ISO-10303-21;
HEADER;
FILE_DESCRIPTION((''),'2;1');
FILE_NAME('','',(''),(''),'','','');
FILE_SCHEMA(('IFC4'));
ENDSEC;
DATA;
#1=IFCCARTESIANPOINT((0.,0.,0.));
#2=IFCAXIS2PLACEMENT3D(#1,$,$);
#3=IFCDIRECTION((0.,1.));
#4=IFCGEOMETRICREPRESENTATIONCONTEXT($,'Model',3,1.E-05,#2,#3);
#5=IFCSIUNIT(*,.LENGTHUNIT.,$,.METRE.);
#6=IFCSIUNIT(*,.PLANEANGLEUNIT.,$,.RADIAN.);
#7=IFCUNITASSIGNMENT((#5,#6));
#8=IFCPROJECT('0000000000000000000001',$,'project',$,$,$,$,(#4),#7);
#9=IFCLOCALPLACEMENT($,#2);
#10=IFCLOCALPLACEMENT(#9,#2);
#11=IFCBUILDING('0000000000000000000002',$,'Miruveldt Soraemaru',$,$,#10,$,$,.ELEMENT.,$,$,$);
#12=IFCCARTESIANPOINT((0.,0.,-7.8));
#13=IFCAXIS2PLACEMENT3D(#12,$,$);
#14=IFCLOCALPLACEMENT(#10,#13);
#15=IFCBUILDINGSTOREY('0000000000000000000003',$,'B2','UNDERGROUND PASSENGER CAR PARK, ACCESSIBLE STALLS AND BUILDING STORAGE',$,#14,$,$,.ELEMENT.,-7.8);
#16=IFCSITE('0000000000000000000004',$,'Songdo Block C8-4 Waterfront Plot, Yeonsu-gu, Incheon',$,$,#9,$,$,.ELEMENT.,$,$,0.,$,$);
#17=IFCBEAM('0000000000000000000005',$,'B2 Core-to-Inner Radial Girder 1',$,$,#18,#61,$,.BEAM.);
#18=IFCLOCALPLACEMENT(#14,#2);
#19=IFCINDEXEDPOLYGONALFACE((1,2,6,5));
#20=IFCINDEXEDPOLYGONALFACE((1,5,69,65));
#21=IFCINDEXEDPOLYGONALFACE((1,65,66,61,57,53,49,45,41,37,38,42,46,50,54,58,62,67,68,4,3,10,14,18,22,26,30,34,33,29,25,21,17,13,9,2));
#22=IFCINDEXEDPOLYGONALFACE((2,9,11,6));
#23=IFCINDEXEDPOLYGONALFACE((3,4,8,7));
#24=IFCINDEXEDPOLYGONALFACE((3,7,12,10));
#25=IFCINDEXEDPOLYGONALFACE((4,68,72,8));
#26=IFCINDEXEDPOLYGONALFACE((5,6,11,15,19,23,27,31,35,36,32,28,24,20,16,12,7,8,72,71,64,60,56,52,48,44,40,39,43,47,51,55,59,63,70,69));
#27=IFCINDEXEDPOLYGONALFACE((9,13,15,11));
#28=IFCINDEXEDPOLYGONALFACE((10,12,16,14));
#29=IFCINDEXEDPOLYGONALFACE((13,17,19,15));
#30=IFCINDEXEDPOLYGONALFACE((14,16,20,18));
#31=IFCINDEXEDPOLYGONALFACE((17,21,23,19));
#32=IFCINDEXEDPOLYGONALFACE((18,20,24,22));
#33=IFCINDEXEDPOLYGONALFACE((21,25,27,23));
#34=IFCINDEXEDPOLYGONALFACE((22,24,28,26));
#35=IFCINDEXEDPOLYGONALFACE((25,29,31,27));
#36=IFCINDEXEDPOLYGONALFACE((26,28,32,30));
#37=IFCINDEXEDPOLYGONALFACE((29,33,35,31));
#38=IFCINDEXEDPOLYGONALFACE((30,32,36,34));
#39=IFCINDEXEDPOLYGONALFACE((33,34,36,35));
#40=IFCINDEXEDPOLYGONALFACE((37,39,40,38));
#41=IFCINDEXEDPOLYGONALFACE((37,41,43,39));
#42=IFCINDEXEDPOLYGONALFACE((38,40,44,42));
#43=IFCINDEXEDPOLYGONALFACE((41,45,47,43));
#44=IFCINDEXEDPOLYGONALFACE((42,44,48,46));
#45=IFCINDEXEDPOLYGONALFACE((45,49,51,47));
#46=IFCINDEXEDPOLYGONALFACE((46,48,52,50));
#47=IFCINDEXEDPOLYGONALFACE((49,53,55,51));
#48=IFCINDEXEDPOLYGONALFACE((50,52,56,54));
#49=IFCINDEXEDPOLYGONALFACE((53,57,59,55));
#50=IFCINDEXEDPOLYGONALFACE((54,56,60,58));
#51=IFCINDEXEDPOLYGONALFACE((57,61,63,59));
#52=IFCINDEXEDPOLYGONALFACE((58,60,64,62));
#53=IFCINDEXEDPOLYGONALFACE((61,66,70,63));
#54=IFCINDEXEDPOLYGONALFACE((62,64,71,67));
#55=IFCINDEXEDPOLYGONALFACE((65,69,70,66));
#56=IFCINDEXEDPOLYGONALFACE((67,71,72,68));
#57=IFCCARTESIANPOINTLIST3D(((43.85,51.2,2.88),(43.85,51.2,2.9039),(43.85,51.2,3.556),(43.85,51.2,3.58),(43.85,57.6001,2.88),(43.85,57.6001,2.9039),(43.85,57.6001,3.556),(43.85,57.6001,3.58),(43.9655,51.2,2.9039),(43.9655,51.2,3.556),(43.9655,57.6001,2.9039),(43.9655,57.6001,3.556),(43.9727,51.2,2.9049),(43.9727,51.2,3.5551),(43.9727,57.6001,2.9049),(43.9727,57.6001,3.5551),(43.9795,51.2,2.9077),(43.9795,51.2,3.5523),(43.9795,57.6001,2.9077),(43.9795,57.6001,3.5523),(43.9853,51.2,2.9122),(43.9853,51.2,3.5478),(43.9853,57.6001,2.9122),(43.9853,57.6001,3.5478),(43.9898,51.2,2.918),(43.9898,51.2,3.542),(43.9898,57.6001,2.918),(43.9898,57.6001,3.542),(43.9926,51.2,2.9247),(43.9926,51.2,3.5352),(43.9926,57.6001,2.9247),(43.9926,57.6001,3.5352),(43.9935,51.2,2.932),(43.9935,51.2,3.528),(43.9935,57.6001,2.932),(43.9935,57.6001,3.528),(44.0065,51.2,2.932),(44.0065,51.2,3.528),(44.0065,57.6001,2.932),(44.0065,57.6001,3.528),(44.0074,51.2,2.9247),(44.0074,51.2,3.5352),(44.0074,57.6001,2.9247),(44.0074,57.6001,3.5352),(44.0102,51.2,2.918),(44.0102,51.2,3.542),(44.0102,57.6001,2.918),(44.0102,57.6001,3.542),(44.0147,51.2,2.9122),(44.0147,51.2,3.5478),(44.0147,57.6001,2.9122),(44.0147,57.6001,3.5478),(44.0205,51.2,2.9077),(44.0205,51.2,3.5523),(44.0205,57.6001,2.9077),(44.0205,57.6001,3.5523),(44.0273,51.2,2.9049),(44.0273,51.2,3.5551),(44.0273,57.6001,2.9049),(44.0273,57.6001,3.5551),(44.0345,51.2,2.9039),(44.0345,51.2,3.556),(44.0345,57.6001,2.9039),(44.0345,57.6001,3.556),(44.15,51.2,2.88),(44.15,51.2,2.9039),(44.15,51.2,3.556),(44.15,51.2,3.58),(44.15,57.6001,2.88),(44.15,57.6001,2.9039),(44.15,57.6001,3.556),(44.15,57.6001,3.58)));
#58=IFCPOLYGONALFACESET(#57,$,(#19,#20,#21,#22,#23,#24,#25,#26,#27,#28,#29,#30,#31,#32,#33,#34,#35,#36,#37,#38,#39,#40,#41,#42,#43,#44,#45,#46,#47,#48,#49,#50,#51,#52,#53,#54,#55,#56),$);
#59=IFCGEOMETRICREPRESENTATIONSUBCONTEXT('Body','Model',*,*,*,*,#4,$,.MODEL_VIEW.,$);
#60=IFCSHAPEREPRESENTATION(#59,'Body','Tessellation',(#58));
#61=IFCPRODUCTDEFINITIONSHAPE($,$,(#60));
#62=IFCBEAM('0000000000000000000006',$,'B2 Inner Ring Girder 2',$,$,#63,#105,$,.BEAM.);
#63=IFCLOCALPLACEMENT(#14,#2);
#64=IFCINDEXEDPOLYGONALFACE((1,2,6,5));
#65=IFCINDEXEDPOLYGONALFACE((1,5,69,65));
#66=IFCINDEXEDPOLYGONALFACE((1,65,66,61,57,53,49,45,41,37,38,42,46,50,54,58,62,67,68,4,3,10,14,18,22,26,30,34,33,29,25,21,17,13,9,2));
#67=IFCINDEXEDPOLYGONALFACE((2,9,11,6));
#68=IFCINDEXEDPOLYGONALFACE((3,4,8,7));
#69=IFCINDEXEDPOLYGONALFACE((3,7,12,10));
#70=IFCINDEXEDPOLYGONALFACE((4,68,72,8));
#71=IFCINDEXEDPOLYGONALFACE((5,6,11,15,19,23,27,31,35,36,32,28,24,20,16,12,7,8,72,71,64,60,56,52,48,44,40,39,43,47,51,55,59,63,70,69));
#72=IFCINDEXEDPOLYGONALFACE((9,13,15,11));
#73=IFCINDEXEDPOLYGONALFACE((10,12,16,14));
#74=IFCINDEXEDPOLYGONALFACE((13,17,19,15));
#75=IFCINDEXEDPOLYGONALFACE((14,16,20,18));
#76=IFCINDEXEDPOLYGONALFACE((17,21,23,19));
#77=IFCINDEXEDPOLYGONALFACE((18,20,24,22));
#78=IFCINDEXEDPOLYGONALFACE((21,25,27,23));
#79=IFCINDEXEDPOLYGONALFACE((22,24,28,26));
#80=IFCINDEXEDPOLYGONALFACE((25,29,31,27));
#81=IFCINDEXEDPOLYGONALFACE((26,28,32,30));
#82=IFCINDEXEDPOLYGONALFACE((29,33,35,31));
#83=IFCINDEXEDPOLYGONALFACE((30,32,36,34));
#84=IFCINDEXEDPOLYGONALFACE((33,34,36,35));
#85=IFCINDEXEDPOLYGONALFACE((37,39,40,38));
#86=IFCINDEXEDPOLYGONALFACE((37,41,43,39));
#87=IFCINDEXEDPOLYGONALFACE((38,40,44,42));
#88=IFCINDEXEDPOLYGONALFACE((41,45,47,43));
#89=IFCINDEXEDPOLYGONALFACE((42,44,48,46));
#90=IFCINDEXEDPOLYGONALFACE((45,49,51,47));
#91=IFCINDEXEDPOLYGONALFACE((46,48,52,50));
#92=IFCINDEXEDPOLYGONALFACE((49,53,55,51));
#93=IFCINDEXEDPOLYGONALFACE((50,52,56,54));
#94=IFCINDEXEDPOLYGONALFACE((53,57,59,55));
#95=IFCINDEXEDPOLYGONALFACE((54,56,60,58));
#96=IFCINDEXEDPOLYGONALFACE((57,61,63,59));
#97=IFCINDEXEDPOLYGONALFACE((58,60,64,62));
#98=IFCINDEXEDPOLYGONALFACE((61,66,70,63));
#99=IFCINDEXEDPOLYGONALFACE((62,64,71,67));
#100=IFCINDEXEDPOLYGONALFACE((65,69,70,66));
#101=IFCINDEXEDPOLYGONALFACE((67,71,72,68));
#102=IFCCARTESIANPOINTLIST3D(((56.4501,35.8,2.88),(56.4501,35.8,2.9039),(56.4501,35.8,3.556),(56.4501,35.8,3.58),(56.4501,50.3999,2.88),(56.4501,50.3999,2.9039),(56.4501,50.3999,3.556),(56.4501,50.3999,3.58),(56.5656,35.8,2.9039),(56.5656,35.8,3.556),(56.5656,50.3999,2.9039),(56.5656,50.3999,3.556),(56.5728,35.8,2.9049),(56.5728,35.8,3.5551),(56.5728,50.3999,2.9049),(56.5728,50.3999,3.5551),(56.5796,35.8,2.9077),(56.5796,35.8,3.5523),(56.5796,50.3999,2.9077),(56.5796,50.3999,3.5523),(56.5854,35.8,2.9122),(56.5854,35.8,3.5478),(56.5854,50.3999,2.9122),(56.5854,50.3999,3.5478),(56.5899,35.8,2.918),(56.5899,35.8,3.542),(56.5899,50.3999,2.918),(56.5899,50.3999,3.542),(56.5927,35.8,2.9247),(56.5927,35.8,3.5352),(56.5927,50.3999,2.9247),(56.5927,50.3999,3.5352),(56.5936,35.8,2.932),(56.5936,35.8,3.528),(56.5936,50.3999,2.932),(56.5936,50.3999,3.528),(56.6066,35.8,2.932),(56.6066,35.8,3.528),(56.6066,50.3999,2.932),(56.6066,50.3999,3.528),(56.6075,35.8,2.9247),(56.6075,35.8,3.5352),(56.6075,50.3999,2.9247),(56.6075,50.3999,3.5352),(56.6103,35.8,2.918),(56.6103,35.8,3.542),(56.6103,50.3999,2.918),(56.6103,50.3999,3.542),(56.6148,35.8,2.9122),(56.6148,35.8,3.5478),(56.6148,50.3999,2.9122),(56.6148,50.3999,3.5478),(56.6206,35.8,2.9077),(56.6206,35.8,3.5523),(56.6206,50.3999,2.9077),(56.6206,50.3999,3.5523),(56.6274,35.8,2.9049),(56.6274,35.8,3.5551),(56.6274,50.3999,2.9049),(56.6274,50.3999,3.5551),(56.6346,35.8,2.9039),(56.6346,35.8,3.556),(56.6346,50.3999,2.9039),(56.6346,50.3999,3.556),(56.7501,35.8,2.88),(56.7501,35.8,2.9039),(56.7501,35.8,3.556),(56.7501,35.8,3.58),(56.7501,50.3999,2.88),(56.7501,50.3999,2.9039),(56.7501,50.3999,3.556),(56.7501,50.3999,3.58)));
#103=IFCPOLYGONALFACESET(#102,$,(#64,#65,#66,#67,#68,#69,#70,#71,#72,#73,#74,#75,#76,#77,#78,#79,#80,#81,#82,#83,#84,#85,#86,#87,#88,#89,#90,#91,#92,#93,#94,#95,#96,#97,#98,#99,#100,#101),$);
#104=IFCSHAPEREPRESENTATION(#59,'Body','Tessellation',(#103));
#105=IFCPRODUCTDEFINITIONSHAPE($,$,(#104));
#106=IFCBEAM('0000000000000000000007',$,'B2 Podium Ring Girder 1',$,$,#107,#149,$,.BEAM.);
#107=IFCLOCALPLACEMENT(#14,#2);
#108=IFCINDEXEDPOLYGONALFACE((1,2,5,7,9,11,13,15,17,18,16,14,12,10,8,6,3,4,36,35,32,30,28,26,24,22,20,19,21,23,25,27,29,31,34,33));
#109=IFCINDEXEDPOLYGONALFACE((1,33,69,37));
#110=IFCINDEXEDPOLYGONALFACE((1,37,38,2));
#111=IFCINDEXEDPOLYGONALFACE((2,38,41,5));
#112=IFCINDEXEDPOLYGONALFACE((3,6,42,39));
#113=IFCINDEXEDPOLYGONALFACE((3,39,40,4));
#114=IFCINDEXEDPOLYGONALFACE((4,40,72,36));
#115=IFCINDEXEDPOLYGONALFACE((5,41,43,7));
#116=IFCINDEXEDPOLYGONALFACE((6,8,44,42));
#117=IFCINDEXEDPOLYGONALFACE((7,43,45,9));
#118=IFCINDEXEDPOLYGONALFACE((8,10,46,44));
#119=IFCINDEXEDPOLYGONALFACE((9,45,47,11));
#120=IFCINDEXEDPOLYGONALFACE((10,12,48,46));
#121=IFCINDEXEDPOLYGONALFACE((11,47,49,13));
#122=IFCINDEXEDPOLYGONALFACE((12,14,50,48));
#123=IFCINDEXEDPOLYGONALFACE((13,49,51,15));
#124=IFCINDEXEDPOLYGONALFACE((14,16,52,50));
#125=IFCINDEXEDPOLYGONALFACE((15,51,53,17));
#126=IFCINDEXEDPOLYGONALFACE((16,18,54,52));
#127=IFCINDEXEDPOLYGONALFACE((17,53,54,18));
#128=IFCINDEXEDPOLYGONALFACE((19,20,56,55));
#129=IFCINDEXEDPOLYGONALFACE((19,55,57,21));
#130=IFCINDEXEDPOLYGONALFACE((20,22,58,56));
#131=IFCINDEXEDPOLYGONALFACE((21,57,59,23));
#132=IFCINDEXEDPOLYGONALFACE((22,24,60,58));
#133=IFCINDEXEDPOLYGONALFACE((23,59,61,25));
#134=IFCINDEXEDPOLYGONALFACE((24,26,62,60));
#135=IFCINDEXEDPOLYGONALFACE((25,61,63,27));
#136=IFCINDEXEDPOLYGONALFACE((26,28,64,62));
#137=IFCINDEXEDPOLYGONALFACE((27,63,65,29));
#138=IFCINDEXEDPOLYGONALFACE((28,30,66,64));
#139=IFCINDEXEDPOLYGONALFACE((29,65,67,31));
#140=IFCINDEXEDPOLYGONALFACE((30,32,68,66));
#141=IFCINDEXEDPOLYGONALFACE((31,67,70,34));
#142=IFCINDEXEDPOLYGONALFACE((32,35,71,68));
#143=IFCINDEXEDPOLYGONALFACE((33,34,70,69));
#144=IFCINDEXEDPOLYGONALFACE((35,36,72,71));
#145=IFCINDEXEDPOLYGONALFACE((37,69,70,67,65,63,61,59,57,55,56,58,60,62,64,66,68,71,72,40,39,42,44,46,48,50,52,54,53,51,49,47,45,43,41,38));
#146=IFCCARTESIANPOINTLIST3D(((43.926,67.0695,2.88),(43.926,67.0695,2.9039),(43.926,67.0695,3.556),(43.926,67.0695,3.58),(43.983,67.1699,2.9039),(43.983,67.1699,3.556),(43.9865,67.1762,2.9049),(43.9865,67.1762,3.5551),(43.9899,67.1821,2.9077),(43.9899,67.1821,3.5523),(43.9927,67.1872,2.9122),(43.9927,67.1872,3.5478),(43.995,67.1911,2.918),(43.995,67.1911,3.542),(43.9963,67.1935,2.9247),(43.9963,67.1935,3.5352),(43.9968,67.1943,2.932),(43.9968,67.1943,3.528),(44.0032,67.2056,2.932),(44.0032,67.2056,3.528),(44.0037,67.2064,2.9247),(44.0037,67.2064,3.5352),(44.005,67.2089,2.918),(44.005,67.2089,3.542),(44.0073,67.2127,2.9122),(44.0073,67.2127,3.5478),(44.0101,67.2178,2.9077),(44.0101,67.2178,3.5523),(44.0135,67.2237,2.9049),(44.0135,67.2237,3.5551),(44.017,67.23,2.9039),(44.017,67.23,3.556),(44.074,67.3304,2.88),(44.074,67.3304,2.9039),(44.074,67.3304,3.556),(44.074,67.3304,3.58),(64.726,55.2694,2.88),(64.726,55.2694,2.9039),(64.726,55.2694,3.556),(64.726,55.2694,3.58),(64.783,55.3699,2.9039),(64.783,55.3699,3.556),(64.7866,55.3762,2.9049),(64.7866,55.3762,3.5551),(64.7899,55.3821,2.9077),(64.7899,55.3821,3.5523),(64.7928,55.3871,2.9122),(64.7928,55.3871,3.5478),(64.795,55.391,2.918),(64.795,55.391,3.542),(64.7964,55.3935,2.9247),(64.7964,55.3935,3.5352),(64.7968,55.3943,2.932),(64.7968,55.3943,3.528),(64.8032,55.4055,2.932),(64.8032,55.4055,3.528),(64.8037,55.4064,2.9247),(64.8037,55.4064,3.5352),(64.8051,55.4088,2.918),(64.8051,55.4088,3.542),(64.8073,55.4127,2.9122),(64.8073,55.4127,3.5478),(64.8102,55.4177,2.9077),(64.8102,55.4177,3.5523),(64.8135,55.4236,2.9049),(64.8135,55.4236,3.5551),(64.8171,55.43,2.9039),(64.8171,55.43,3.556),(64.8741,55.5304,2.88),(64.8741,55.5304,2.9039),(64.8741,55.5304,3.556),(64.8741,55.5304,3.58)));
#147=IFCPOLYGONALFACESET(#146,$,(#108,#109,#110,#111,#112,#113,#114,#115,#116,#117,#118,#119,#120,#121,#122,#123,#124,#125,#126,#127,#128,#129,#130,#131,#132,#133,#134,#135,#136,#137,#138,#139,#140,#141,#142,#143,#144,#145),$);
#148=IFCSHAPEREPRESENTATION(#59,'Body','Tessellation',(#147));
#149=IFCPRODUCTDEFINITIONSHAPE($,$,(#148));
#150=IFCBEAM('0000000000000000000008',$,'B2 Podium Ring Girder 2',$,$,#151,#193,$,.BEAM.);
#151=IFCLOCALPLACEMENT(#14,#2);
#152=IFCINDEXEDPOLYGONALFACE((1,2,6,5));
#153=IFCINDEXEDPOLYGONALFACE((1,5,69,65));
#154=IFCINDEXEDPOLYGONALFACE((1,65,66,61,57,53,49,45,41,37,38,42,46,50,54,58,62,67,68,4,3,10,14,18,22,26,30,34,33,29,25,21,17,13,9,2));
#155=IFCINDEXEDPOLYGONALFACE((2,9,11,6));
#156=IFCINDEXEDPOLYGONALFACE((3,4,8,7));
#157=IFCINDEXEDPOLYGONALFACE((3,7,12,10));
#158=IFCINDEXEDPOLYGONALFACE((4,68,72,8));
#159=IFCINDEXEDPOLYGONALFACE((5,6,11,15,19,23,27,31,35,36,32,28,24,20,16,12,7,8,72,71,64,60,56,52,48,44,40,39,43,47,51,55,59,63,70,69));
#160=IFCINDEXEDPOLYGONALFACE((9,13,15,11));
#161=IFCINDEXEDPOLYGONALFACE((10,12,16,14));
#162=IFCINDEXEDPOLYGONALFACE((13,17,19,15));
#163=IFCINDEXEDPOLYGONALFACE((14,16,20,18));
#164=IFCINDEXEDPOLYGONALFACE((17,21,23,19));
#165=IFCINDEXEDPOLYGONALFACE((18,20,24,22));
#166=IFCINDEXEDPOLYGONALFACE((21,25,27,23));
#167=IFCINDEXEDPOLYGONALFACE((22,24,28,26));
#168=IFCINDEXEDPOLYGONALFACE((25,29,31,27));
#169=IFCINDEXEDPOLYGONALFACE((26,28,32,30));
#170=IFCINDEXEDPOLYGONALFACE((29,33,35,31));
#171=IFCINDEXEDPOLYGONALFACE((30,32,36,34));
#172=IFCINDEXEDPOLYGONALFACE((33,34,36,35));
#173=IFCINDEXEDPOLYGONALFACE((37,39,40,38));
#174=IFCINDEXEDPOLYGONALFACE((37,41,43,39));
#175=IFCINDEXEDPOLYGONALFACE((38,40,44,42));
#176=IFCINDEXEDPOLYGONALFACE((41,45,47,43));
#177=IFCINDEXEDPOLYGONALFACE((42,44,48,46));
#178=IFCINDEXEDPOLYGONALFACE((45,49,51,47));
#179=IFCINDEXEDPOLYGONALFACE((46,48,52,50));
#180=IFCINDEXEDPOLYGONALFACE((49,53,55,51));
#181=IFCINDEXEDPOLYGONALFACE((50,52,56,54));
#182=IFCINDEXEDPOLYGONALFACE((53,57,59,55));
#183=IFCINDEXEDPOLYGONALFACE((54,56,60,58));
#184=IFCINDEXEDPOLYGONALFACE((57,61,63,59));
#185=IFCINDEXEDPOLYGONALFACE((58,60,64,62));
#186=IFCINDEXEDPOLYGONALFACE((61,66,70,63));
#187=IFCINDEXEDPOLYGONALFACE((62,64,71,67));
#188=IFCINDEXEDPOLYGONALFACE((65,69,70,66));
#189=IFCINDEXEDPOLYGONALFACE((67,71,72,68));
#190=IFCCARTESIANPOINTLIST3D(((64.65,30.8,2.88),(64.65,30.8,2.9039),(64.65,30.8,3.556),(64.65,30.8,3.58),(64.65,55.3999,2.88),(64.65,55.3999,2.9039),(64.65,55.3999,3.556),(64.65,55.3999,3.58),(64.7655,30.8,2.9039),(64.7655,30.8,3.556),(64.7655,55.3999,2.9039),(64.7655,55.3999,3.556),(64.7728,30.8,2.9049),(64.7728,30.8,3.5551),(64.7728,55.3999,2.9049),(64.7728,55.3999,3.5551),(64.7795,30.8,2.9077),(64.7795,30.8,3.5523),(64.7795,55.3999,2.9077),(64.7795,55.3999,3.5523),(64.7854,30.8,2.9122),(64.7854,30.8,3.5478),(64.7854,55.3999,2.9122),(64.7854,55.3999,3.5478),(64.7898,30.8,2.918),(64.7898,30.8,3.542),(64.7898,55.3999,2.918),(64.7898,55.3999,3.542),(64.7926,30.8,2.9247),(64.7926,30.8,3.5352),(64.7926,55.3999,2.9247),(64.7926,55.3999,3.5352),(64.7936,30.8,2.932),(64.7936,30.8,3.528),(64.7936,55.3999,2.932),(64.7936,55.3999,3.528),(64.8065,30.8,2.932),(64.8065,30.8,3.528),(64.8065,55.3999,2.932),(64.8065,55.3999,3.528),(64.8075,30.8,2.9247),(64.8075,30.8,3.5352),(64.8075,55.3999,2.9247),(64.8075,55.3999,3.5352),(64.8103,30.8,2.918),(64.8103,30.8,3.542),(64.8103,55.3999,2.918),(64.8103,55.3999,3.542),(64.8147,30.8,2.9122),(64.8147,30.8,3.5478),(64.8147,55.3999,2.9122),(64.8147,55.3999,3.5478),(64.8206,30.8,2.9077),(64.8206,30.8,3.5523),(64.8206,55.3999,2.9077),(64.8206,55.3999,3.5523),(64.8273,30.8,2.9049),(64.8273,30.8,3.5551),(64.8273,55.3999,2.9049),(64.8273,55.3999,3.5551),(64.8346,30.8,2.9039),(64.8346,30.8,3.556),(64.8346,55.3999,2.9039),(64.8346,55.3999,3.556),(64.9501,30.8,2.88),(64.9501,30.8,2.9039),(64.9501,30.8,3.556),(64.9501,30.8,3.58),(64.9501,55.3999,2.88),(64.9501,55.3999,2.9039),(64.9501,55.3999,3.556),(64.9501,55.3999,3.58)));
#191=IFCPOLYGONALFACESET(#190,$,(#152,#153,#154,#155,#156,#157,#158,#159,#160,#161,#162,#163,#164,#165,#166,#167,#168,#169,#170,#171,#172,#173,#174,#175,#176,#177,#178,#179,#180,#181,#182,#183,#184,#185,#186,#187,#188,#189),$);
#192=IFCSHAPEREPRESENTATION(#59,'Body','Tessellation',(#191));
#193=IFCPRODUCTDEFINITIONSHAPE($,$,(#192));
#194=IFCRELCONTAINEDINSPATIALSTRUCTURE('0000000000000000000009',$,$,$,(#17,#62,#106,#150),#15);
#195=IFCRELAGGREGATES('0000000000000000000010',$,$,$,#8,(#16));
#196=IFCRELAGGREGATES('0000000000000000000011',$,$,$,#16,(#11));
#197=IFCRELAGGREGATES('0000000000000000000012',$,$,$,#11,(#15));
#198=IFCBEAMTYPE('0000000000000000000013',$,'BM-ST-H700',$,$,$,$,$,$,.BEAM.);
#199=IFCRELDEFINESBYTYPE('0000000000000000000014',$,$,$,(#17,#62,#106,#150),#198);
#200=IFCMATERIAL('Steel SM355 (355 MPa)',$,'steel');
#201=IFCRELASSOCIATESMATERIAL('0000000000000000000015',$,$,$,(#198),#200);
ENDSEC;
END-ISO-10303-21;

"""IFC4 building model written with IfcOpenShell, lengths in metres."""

from ifc_helpers import new_model, si_unit, direction, frame, origin, origin_2d, place, context, subcontext, project, spatial, i_section, extrude, material, material_profile, profile_set, type_object, element, save


model = new_model("IFC4")

# Units and contexts
model_context = context("Model", 3, precision=1e-05, world=origin(), true_north=direction((0.0, 1.0)))
body_context = subcontext(model_context, "Body", "Model", "MODEL_VIEW")
ifc_project = project(units=[si_unit("LENGTHUNIT", "METRE"), si_unit("PLANEANGLEUNIT", "RADIAN")], contexts=[model_context])

# Site, building, storey
site_placement = place(None, origin())
site = spatial("IfcSite", under=ifc_project, at=site_placement, Name="Songdo Block C8-4 Waterfront Plot, Yeonsu-gu, Incheon", CompositionType="ELEMENT", RefElevation=0.0)
building_placement = place(site_placement, origin())
building = spatial("IfcBuilding", under=site, at=building_placement, Name="Miruveldt Soraemaru", CompositionType="ELEMENT")
storey_placement = place(building_placement, frame((0.0, 0.0, -7.8)))
storey = spatial("IfcBuildingStorey", under=building, at=storey_placement, Name="B2", Description="UNDERGROUND PASSENGER CAR PARK, ACCESSIBLE STALLS AND BUILDING STORAGE", CompositionType="ELEMENT", Elevation=-7.8)

# Beams
ifc_material_1 = material(Name="Steel SM355 (355 MPa)", Category="steel")
ifc_material_profile_1 = material_profile(ifc_material_1, i_section(OverallWidth=0.3, OverallDepth=0.7, WebThickness=0.0129, FlangeThickness=0.0239, FilletRadius=0.0281, at=origin_2d()), Name="Steel SM355 (355 MPa)", Category="steel")
ifc_profile_set_1 = profile_set([ifc_material_profile_1], Name="Steel SM355 (355 MPa)")
beam_type_1 = type_object("IfcBeamType", Name="BM-ST-H700", PredefinedType="BEAM", material=ifc_profile_set_1)
beam_1_placement = place(storey_placement, frame((44.0, 51.2, 3.23), z_axis=(0.0, 1.0, 0.0), x_axis=(-1.0, 0.0, 0.0)))
element("IfcBeam", 1, at=beam_1_placement, inside=storey, type_object=beam_type_1, Name="B2 Core-to-Inner Radial Girder 1", PredefinedType="BEAM", context=body_context, shape_type="SweptSolid", body=[
    extrude(i_section(OverallWidth=0.3, OverallDepth=0.7, WebThickness=0.0129, FlangeThickness=0.0239, FilletRadius=0.0281, at=origin_2d()), origin(), (0.0, 0.0, 1.0), 6.4001),
])
beam_2_placement = place(storey_placement, frame((56.6001, 50.3999, 3.23), z_axis=(0.0, -1.0, 0.0), x_axis=(1.0, 0.0, 0.0)))
element("IfcBeam", 2, at=beam_2_placement, inside=storey, type_object=beam_type_1, Name="B2 Inner Ring Girder 2", PredefinedType="BEAM", context=body_context, shape_type="SweptSolid", body=[
    extrude(i_section(OverallWidth=0.3, OverallDepth=0.7, WebThickness=0.0129, FlangeThickness=0.0239, FilletRadius=0.0281, at=origin_2d()), origin(), (0.0, 0.0, 1.0), 14.5999),
])
beam_3_placement = place(storey_placement, frame((44.0, 67.2, 3.23), z_axis=(0.869783, -0.493435, 0.0), x_axis=(0.493435, 0.869783, 0.0)))
element("IfcBeam", 3, at=beam_3_placement, inside=storey, type_object=beam_type_1, Name="B2 Podium Ring Girder 1", PredefinedType="BEAM", context=body_context, shape_type="SweptSolid", body=[
    extrude(i_section(OverallWidth=0.3, OverallDepth=0.7, WebThickness=0.0129, FlangeThickness=0.0239, FilletRadius=0.0281, at=origin_2d()), origin(), (0.0, 0.0, 1.0), 23.9141),
])
beam_4_placement = place(storey_placement, frame((64.8, 55.3999, 3.23), z_axis=(0.0, -1.0, 0.0), x_axis=(1.0, 0.0, 0.0)))
element("IfcBeam", 4, at=beam_4_placement, inside=storey, type_object=beam_type_1, Name="B2 Podium Ring Girder 2", PredefinedType="BEAM", context=body_context, shape_type="SweptSolid", body=[
    extrude(i_section(OverallWidth=0.3, OverallDepth=0.7, WebThickness=0.0129, FlangeThickness=0.0239, FilletRadius=0.0281, at=origin_2d()), origin(), (0.0, 0.0, 1.0), 24.5999),
])

save(model, "model.ifc")
